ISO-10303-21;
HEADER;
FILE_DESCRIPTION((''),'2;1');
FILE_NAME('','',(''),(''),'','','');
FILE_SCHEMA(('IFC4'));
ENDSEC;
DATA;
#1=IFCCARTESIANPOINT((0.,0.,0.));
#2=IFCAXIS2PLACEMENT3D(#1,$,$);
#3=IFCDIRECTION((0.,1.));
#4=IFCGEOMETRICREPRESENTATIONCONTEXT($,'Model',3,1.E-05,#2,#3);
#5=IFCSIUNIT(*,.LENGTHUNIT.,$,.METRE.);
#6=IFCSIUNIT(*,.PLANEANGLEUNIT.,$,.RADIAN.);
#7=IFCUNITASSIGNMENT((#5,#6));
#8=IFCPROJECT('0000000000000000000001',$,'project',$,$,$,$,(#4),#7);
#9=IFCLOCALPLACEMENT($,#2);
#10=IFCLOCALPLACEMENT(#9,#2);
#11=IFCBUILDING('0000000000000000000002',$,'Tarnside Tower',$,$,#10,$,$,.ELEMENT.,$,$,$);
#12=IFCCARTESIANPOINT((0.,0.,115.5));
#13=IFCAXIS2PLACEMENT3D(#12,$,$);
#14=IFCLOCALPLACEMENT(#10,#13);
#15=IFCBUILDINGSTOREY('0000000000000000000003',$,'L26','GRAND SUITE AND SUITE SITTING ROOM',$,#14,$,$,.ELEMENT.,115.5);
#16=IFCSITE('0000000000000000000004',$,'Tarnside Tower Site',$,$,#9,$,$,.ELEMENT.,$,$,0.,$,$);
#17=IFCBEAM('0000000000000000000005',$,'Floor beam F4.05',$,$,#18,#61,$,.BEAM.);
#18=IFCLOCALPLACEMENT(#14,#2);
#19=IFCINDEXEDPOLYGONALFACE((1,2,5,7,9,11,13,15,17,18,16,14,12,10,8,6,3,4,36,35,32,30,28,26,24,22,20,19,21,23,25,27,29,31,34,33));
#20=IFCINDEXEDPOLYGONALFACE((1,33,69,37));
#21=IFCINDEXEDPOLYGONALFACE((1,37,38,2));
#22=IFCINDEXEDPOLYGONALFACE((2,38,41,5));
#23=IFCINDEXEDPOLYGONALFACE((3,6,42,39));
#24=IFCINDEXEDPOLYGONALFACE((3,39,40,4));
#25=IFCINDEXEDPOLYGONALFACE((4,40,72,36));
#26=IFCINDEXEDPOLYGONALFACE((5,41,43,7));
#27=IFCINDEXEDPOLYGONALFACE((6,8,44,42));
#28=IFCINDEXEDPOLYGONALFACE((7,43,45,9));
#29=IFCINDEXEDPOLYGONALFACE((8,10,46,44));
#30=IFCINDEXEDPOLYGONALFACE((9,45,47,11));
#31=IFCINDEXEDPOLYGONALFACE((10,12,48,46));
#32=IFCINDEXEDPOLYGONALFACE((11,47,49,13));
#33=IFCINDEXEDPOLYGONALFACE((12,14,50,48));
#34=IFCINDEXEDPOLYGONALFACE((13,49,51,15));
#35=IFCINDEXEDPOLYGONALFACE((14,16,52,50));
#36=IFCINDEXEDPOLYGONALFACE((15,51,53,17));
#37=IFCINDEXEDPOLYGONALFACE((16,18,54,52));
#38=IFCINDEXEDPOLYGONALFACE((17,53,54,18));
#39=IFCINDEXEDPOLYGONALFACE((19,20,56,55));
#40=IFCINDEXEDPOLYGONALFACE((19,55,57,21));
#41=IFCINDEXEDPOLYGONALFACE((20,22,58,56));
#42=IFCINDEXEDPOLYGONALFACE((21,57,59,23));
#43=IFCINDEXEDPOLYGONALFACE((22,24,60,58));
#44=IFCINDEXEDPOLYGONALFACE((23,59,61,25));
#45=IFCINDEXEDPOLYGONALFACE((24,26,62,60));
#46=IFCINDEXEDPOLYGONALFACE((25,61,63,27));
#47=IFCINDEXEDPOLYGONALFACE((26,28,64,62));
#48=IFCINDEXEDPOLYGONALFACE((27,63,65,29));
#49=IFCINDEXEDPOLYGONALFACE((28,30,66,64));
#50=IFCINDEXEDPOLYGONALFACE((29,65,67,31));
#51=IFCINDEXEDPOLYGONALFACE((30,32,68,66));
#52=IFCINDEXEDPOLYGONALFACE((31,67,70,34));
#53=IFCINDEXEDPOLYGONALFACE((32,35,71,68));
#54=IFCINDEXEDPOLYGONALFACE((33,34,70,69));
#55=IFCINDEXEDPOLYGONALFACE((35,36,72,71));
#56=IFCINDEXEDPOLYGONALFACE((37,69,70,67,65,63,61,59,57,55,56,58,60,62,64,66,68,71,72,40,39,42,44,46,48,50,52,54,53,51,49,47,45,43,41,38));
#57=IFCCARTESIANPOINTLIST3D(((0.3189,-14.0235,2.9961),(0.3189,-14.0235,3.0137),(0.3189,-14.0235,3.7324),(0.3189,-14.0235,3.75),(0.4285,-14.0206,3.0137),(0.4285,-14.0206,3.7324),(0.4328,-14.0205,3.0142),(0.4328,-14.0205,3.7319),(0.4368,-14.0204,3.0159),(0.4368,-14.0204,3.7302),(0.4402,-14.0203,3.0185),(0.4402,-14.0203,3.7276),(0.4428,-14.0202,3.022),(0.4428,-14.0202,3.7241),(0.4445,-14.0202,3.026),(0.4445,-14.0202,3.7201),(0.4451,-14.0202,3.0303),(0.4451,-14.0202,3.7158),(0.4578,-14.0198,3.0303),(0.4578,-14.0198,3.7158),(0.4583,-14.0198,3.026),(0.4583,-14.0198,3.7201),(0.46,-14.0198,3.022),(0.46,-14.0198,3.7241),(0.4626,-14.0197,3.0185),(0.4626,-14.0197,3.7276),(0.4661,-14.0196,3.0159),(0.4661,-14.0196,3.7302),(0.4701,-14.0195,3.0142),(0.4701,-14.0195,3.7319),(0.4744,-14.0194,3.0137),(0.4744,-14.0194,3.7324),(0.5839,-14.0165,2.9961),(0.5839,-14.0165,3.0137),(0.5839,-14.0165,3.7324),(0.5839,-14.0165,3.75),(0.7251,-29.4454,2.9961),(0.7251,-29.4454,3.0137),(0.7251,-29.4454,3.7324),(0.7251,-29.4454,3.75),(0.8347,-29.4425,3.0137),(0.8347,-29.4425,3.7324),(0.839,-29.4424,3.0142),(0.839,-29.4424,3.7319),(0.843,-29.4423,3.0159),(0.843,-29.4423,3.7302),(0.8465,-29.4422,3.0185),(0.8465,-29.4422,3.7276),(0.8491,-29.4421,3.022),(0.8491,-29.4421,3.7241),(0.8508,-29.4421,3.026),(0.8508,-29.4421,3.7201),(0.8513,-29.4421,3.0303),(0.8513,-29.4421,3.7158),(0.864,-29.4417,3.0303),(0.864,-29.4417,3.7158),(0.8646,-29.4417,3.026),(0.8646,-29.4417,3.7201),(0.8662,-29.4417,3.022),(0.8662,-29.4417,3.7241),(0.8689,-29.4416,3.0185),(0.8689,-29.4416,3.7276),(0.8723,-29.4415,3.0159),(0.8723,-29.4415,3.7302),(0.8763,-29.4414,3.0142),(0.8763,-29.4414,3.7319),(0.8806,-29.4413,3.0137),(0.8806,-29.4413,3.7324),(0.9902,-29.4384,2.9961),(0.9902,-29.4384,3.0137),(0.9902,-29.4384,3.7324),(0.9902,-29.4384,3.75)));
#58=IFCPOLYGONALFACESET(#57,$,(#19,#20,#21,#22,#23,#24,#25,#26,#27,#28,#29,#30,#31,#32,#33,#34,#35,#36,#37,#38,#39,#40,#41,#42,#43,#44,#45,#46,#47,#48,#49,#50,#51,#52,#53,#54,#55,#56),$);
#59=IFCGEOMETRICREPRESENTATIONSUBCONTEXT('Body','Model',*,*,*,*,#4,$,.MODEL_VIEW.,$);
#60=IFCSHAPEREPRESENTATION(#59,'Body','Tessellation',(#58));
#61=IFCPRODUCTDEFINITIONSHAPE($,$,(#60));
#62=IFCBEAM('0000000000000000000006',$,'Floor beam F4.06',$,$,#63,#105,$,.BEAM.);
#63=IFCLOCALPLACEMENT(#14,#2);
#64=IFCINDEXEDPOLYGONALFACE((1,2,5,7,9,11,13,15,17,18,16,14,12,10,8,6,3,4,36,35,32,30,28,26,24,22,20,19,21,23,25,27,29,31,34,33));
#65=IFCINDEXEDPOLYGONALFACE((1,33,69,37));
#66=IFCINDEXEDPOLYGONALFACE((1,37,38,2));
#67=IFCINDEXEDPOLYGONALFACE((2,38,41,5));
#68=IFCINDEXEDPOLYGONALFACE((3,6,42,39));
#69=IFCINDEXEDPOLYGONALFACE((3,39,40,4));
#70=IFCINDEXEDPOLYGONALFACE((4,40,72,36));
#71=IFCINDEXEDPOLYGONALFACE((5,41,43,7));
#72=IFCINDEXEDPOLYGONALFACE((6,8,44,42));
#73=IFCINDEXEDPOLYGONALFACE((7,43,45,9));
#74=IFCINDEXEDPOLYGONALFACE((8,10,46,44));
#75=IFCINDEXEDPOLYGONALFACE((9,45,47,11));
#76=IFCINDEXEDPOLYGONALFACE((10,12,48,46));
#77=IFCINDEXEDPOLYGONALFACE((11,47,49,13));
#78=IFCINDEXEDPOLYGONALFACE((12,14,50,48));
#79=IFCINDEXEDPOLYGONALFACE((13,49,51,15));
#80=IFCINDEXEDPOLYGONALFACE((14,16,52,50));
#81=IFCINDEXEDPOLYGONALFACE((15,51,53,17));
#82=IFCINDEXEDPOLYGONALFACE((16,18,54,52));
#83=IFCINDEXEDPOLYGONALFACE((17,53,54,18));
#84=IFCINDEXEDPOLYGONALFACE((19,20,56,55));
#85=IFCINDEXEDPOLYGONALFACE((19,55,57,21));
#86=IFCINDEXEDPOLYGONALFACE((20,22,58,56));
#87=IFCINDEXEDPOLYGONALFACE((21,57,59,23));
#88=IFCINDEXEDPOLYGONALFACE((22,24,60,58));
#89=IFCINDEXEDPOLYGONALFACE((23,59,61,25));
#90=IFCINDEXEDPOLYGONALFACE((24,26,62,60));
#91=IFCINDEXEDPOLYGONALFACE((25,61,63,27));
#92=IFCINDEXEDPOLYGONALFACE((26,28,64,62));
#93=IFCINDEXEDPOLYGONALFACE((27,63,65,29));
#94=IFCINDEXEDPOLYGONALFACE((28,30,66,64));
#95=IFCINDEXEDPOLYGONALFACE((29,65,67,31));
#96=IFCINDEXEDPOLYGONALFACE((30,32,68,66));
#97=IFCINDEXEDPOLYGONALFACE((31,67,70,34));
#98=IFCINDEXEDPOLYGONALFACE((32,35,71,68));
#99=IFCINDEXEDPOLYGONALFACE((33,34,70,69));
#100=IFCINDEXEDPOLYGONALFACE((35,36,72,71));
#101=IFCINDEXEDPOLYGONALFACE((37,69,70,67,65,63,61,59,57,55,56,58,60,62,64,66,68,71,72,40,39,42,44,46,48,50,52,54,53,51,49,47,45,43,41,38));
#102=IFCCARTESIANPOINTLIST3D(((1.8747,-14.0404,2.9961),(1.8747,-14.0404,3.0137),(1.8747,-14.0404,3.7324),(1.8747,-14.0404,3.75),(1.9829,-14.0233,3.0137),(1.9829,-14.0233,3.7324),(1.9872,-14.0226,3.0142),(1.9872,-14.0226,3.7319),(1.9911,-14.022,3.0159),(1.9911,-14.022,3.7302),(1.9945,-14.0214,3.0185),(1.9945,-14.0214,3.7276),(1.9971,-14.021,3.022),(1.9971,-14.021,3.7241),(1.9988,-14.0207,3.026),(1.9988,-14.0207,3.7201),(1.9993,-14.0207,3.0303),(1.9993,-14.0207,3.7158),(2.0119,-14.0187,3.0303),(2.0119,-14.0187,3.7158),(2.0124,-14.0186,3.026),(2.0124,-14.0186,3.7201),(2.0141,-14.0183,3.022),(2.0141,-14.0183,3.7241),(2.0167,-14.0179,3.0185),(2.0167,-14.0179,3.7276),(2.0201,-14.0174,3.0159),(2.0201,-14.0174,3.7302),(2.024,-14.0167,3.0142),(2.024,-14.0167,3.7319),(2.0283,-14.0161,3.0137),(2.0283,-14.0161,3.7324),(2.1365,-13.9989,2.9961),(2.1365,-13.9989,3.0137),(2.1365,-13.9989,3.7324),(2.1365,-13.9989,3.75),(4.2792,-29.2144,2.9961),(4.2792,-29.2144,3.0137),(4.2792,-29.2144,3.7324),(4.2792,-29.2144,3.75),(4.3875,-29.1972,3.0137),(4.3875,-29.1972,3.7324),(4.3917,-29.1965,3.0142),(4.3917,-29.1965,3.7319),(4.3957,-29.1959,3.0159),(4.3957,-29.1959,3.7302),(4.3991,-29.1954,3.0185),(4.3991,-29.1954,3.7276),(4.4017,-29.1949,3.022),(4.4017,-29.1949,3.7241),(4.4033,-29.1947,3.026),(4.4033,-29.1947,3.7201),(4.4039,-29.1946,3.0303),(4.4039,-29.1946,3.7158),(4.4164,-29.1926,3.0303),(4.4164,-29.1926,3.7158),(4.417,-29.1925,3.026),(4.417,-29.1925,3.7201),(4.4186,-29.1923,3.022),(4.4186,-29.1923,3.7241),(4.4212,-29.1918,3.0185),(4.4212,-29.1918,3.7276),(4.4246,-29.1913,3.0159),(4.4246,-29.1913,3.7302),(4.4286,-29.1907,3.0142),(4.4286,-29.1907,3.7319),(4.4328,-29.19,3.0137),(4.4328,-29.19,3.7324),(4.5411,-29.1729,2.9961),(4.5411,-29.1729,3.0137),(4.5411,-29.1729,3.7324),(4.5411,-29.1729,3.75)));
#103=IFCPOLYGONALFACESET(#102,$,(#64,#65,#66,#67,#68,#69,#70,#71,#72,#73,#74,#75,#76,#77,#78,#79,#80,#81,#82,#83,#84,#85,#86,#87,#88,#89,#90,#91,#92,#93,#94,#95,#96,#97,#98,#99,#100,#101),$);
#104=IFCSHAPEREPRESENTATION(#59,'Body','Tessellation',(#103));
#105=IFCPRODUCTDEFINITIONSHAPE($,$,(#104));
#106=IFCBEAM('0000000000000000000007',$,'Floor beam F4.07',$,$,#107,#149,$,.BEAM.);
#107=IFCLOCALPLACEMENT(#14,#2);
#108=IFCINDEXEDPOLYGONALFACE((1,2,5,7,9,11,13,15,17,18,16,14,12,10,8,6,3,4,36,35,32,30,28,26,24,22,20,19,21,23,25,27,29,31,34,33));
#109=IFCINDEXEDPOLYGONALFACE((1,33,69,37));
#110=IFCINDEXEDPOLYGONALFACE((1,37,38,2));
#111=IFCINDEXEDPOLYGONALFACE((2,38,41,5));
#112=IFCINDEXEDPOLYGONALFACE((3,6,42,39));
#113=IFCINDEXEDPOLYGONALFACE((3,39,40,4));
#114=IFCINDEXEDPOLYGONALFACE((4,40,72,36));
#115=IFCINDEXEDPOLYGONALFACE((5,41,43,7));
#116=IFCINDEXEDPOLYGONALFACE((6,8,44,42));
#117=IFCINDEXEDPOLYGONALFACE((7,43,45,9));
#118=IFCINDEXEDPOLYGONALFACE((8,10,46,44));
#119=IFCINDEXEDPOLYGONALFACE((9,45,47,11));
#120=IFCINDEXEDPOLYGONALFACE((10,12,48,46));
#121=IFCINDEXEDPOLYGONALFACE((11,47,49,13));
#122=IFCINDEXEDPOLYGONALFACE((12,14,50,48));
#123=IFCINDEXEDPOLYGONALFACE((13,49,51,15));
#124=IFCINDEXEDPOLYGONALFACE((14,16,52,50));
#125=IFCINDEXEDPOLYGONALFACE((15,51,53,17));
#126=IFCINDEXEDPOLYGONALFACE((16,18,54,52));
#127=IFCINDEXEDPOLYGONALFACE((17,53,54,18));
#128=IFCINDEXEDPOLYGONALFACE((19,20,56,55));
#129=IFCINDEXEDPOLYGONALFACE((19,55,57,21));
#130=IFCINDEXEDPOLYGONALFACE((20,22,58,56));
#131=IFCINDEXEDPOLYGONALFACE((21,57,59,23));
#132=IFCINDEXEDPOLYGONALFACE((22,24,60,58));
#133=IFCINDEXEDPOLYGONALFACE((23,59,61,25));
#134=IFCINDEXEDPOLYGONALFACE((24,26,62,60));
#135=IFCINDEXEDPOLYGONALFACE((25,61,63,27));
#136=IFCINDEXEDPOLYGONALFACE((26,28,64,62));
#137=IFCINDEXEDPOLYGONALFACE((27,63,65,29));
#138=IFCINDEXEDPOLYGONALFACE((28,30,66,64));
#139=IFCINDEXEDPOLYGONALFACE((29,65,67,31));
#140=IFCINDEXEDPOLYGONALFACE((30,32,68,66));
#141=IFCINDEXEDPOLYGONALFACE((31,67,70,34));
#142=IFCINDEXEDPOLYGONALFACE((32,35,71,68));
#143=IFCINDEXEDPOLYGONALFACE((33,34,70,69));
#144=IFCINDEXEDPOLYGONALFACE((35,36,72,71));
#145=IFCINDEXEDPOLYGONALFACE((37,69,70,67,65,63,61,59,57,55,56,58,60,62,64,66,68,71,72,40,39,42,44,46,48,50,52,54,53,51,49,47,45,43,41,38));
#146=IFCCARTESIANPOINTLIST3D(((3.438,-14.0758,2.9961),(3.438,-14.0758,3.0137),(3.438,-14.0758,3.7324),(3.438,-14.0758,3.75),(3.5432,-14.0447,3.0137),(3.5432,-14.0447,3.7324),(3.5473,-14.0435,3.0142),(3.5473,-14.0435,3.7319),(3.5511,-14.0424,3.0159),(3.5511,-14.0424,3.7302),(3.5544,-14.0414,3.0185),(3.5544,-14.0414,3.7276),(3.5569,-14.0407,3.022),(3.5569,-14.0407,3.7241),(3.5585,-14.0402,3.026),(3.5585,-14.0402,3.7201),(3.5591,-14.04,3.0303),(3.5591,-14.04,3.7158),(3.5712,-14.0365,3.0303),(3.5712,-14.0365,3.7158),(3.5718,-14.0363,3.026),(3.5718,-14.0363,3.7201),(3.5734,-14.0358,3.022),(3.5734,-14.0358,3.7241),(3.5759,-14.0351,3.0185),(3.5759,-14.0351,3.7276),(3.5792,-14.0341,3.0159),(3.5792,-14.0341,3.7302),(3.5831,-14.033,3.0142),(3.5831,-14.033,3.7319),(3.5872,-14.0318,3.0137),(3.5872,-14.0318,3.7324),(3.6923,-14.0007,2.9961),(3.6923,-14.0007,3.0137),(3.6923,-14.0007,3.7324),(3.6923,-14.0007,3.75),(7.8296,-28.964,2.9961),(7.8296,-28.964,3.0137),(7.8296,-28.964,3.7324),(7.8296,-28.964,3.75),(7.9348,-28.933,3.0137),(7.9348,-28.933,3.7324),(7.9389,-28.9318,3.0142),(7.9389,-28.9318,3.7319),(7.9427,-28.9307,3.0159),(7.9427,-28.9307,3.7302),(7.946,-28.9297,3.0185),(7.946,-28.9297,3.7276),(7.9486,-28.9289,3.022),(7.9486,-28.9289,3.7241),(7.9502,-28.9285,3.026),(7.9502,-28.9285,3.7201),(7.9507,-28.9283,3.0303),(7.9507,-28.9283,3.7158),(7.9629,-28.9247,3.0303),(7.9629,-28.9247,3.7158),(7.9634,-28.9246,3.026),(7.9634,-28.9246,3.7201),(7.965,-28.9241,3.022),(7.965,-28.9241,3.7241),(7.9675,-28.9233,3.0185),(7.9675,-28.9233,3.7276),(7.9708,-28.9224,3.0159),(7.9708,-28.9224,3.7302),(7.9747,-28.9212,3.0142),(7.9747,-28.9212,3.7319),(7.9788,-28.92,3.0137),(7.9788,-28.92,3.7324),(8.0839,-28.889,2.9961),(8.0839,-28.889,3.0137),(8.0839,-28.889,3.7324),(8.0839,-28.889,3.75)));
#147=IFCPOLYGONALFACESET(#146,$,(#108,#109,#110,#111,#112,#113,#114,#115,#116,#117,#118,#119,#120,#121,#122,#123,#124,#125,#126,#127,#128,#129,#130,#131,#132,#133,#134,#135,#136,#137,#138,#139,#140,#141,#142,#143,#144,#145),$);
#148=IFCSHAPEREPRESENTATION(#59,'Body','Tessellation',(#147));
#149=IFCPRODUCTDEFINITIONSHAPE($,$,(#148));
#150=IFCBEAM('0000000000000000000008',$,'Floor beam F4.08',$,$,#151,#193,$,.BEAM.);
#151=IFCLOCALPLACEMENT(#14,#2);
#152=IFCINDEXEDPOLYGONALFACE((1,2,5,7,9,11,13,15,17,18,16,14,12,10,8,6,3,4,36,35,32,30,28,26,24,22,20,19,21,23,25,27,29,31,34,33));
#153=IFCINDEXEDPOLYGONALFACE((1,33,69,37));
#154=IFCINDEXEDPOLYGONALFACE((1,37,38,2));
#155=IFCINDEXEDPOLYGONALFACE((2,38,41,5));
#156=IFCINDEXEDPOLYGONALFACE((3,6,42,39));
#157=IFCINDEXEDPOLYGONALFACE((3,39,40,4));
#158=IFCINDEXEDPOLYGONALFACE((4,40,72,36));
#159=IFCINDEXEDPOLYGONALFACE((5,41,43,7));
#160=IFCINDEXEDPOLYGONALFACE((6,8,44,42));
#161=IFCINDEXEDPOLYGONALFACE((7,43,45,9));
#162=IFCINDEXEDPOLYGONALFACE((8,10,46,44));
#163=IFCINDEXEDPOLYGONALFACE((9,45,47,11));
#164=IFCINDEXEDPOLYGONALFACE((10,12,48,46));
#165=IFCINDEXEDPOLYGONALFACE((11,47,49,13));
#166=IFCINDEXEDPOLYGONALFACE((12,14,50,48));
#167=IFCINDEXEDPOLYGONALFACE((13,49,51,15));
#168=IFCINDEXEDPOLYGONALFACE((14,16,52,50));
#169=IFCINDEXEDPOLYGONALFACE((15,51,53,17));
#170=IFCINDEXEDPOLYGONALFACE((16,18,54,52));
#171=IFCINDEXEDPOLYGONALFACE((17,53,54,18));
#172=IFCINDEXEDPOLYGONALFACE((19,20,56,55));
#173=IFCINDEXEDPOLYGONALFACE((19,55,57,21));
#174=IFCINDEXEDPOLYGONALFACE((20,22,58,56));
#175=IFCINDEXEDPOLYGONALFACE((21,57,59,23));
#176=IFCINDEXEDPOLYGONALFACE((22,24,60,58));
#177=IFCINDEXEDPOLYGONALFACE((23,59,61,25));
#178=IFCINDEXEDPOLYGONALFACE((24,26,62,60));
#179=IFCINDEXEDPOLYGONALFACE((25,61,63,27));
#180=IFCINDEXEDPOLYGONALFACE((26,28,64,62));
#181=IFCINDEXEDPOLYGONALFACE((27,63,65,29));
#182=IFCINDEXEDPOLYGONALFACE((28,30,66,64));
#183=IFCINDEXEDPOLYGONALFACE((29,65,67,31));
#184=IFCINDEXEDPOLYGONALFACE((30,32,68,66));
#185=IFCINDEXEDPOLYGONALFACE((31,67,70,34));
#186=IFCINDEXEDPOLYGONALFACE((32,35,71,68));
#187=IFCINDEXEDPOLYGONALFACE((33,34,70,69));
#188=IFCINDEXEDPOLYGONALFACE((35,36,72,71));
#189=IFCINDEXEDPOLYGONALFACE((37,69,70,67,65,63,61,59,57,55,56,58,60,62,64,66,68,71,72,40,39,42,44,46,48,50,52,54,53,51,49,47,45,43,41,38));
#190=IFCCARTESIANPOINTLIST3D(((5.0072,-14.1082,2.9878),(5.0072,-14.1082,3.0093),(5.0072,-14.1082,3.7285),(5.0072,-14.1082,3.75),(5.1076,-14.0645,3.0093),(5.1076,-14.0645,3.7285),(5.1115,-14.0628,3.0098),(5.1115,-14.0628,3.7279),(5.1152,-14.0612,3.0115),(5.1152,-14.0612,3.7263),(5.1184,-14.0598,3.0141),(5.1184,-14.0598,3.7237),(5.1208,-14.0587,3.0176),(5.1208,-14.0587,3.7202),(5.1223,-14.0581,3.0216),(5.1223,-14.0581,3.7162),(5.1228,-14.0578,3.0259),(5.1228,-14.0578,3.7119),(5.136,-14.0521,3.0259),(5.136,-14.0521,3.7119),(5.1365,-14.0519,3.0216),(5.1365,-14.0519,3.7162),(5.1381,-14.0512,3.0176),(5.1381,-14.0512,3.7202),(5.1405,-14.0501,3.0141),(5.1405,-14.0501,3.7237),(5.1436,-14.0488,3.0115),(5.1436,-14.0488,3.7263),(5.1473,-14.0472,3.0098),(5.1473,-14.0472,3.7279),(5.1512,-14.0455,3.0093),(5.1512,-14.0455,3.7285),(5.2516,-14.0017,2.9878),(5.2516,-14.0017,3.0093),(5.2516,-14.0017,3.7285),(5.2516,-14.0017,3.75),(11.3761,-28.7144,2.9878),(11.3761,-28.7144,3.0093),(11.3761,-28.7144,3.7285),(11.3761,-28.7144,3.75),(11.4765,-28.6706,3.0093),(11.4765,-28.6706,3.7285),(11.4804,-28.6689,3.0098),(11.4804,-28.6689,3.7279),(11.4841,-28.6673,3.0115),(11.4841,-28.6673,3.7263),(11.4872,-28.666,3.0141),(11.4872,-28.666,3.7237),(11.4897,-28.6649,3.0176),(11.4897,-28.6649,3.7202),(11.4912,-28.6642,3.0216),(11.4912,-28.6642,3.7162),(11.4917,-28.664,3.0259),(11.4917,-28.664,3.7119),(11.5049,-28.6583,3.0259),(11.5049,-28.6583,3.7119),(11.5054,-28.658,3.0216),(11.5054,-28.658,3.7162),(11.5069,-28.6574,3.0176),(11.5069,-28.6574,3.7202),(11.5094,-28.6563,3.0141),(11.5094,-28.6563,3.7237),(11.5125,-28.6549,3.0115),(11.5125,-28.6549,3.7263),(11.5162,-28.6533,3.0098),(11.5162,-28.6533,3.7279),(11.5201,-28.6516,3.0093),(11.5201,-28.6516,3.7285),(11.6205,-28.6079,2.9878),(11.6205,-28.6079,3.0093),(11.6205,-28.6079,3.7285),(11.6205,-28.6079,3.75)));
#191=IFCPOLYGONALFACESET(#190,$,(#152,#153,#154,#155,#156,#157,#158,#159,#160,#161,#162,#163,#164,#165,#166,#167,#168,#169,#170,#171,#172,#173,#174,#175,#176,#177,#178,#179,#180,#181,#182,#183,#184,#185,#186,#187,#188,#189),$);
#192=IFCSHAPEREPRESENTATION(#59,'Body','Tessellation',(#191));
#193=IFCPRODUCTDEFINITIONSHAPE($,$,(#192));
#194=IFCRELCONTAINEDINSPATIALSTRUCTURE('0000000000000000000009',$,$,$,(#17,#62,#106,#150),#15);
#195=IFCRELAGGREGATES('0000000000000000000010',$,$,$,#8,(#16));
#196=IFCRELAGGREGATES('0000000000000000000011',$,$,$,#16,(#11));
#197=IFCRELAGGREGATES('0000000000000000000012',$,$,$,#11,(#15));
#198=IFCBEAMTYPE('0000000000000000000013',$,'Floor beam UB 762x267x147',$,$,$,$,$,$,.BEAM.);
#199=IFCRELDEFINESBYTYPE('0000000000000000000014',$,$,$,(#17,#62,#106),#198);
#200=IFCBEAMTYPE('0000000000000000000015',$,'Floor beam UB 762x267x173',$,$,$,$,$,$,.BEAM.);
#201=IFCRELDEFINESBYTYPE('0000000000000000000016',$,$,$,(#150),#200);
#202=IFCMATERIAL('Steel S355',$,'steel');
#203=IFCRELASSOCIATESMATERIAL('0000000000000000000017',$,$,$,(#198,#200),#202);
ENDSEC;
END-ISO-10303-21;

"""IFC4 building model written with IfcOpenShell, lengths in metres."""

from ifc_helpers import new_model, si_unit, direction, frame, origin, origin_2d, place, context, subcontext, project, spatial, i_section, extrude, material, material_profile, profile_set, type_object, element, save


model = new_model("IFC4")

# Units and contexts
model_context = context("Model", 3, precision=1e-05, world=origin(), true_north=direction((0.0, 1.0)))
body_context = subcontext(model_context, "Body", "Model", "MODEL_VIEW")
ifc_project = project(units=[si_unit("LENGTHUNIT", "METRE"), si_unit("PLANEANGLEUNIT", "RADIAN")], contexts=[model_context])

# Site, building, storey
site_placement = place(None, origin())
site = spatial("IfcSite", under=ifc_project, at=site_placement, Name="Tarnside Tower Site", CompositionType="ELEMENT", RefElevation=0.0)
building_placement = place(site_placement, origin())
building = spatial("IfcBuilding", under=site, at=building_placement, Name="Tarnside Tower", CompositionType="ELEMENT")
storey_placement = place(building_placement, frame((0.0, 0.0, 115.5)))
storey = spatial("IfcBuildingStorey", under=building, at=storey_placement, Name="L26", Description="GRAND SUITE AND SUITE SITTING ROOM", CompositionType="ELEMENT", Elevation=115.5)

# Beams
ifc_material_1 = material(Name="Steel S355", Category="steel")
ifc_material_profile_1 = material_profile(ifc_material_1, i_section(OverallWidth=0.2651, OverallDepth=0.7539, WebThickness=0.0127, FlangeThickness=0.0176, FilletRadius=0.0166, at=origin_2d()), Name="UB 762x267x147")
ifc_profile_set_1 = profile_set([ifc_material_profile_1], Name="Steel S355")
beam_type_1 = type_object("IfcBeamType", Name="Floor beam UB 762x267x147", PredefinedType="BEAM", material=ifc_profile_set_1)
beam_1_placement = place(storey_placement, frame((0.8577, -29.4419, 3.373), z_axis=(-0.026333, 0.999653, 0.0), x_axis=(-0.999653, -0.026333, 0.0)))
element("IfcBeam", 1, at=beam_1_placement, inside=storey, type_object=beam_type_1, Name="Floor beam F4.05", PredefinedType="BEAM", context=body_context, shape_type="SweptSolid", body=[
    extrude(i_section(OverallWidth=0.2651, OverallDepth=0.7539, WebThickness=0.0127, FlangeThickness=0.0176, FilletRadius=0.0166, at=origin_2d()), origin(), (0.0, 0.0, 1.0), 15.4272),
])
beam_2_placement = place(storey_placement, frame((4.4102, -29.1936, 3.373), z_axis=(-0.156513, 0.987676, 0.0), x_axis=(-0.987676, -0.156513, 0.0)))
element("IfcBeam", 2, at=beam_2_placement, inside=storey, type_object=beam_type_1, Name="Floor beam F4.06", PredefinedType="BEAM", context=body_context, shape_type="SweptSolid", body=[
    extrude(i_section(OverallWidth=0.2651, OverallDepth=0.7539, WebThickness=0.0127, FlangeThickness=0.0176, FilletRadius=0.0166, at=origin_2d()), origin(), (0.0, 0.0, 1.0), 15.3633),
])
beam_3_placement = place(storey_placement, frame((7.9568, -28.9265, 3.373), z_axis=(-0.282921, 0.959143, 0.0), x_axis=(-0.959143, -0.282921, 0.0)))
element("IfcBeam", 3, at=beam_3_placement, inside=storey, type_object=beam_type_1, Name="Floor beam F4.07", PredefinedType="BEAM", context=body_context, shape_type="SweptSolid", body=[
    extrude(i_section(OverallWidth=0.2651, OverallDepth=0.7539, WebThickness=0.0127, FlangeThickness=0.0176, FilletRadius=0.0166, at=origin_2d()), origin(), (0.0, 0.0, 1.0), 15.5225),
])
ifc_material_profile_2 = material_profile(ifc_material_1, i_section(OverallWidth=0.2666, OverallDepth=0.7622, WebThickness=0.0144, FlangeThickness=0.0215, FilletRadius=0.0166, at=origin_2d()), Name="UB 762x267x173")
ifc_profile_set_2 = profile_set([ifc_material_profile_2], Name="Steel S355")
beam_type_2 = type_object("IfcBeamType", Name="Floor beam UB 762x267x173", PredefinedType="BEAM", material=ifc_profile_set_2)
beam_4_placement = place(storey_placement, frame((11.4983, -28.6611, 3.3689), z_axis=(-0.399696, 0.916648, 0.0), x_axis=(-0.916648, -0.399696, 0.0)))
element("IfcBeam", 4, at=beam_4_placement, inside=storey, type_object=beam_type_2, Name="Floor beam F4.08", PredefinedType="BEAM", context=body_context, shape_type="SweptSolid", body=[
    extrude(i_section(OverallWidth=0.2666, OverallDepth=0.7622, WebThickness=0.0144, FlangeThickness=0.0215, FilletRadius=0.0166, at=origin_2d()), origin(), (0.0, 0.0, 1.0), 15.9343),
])

save(model, "model.ifc")
